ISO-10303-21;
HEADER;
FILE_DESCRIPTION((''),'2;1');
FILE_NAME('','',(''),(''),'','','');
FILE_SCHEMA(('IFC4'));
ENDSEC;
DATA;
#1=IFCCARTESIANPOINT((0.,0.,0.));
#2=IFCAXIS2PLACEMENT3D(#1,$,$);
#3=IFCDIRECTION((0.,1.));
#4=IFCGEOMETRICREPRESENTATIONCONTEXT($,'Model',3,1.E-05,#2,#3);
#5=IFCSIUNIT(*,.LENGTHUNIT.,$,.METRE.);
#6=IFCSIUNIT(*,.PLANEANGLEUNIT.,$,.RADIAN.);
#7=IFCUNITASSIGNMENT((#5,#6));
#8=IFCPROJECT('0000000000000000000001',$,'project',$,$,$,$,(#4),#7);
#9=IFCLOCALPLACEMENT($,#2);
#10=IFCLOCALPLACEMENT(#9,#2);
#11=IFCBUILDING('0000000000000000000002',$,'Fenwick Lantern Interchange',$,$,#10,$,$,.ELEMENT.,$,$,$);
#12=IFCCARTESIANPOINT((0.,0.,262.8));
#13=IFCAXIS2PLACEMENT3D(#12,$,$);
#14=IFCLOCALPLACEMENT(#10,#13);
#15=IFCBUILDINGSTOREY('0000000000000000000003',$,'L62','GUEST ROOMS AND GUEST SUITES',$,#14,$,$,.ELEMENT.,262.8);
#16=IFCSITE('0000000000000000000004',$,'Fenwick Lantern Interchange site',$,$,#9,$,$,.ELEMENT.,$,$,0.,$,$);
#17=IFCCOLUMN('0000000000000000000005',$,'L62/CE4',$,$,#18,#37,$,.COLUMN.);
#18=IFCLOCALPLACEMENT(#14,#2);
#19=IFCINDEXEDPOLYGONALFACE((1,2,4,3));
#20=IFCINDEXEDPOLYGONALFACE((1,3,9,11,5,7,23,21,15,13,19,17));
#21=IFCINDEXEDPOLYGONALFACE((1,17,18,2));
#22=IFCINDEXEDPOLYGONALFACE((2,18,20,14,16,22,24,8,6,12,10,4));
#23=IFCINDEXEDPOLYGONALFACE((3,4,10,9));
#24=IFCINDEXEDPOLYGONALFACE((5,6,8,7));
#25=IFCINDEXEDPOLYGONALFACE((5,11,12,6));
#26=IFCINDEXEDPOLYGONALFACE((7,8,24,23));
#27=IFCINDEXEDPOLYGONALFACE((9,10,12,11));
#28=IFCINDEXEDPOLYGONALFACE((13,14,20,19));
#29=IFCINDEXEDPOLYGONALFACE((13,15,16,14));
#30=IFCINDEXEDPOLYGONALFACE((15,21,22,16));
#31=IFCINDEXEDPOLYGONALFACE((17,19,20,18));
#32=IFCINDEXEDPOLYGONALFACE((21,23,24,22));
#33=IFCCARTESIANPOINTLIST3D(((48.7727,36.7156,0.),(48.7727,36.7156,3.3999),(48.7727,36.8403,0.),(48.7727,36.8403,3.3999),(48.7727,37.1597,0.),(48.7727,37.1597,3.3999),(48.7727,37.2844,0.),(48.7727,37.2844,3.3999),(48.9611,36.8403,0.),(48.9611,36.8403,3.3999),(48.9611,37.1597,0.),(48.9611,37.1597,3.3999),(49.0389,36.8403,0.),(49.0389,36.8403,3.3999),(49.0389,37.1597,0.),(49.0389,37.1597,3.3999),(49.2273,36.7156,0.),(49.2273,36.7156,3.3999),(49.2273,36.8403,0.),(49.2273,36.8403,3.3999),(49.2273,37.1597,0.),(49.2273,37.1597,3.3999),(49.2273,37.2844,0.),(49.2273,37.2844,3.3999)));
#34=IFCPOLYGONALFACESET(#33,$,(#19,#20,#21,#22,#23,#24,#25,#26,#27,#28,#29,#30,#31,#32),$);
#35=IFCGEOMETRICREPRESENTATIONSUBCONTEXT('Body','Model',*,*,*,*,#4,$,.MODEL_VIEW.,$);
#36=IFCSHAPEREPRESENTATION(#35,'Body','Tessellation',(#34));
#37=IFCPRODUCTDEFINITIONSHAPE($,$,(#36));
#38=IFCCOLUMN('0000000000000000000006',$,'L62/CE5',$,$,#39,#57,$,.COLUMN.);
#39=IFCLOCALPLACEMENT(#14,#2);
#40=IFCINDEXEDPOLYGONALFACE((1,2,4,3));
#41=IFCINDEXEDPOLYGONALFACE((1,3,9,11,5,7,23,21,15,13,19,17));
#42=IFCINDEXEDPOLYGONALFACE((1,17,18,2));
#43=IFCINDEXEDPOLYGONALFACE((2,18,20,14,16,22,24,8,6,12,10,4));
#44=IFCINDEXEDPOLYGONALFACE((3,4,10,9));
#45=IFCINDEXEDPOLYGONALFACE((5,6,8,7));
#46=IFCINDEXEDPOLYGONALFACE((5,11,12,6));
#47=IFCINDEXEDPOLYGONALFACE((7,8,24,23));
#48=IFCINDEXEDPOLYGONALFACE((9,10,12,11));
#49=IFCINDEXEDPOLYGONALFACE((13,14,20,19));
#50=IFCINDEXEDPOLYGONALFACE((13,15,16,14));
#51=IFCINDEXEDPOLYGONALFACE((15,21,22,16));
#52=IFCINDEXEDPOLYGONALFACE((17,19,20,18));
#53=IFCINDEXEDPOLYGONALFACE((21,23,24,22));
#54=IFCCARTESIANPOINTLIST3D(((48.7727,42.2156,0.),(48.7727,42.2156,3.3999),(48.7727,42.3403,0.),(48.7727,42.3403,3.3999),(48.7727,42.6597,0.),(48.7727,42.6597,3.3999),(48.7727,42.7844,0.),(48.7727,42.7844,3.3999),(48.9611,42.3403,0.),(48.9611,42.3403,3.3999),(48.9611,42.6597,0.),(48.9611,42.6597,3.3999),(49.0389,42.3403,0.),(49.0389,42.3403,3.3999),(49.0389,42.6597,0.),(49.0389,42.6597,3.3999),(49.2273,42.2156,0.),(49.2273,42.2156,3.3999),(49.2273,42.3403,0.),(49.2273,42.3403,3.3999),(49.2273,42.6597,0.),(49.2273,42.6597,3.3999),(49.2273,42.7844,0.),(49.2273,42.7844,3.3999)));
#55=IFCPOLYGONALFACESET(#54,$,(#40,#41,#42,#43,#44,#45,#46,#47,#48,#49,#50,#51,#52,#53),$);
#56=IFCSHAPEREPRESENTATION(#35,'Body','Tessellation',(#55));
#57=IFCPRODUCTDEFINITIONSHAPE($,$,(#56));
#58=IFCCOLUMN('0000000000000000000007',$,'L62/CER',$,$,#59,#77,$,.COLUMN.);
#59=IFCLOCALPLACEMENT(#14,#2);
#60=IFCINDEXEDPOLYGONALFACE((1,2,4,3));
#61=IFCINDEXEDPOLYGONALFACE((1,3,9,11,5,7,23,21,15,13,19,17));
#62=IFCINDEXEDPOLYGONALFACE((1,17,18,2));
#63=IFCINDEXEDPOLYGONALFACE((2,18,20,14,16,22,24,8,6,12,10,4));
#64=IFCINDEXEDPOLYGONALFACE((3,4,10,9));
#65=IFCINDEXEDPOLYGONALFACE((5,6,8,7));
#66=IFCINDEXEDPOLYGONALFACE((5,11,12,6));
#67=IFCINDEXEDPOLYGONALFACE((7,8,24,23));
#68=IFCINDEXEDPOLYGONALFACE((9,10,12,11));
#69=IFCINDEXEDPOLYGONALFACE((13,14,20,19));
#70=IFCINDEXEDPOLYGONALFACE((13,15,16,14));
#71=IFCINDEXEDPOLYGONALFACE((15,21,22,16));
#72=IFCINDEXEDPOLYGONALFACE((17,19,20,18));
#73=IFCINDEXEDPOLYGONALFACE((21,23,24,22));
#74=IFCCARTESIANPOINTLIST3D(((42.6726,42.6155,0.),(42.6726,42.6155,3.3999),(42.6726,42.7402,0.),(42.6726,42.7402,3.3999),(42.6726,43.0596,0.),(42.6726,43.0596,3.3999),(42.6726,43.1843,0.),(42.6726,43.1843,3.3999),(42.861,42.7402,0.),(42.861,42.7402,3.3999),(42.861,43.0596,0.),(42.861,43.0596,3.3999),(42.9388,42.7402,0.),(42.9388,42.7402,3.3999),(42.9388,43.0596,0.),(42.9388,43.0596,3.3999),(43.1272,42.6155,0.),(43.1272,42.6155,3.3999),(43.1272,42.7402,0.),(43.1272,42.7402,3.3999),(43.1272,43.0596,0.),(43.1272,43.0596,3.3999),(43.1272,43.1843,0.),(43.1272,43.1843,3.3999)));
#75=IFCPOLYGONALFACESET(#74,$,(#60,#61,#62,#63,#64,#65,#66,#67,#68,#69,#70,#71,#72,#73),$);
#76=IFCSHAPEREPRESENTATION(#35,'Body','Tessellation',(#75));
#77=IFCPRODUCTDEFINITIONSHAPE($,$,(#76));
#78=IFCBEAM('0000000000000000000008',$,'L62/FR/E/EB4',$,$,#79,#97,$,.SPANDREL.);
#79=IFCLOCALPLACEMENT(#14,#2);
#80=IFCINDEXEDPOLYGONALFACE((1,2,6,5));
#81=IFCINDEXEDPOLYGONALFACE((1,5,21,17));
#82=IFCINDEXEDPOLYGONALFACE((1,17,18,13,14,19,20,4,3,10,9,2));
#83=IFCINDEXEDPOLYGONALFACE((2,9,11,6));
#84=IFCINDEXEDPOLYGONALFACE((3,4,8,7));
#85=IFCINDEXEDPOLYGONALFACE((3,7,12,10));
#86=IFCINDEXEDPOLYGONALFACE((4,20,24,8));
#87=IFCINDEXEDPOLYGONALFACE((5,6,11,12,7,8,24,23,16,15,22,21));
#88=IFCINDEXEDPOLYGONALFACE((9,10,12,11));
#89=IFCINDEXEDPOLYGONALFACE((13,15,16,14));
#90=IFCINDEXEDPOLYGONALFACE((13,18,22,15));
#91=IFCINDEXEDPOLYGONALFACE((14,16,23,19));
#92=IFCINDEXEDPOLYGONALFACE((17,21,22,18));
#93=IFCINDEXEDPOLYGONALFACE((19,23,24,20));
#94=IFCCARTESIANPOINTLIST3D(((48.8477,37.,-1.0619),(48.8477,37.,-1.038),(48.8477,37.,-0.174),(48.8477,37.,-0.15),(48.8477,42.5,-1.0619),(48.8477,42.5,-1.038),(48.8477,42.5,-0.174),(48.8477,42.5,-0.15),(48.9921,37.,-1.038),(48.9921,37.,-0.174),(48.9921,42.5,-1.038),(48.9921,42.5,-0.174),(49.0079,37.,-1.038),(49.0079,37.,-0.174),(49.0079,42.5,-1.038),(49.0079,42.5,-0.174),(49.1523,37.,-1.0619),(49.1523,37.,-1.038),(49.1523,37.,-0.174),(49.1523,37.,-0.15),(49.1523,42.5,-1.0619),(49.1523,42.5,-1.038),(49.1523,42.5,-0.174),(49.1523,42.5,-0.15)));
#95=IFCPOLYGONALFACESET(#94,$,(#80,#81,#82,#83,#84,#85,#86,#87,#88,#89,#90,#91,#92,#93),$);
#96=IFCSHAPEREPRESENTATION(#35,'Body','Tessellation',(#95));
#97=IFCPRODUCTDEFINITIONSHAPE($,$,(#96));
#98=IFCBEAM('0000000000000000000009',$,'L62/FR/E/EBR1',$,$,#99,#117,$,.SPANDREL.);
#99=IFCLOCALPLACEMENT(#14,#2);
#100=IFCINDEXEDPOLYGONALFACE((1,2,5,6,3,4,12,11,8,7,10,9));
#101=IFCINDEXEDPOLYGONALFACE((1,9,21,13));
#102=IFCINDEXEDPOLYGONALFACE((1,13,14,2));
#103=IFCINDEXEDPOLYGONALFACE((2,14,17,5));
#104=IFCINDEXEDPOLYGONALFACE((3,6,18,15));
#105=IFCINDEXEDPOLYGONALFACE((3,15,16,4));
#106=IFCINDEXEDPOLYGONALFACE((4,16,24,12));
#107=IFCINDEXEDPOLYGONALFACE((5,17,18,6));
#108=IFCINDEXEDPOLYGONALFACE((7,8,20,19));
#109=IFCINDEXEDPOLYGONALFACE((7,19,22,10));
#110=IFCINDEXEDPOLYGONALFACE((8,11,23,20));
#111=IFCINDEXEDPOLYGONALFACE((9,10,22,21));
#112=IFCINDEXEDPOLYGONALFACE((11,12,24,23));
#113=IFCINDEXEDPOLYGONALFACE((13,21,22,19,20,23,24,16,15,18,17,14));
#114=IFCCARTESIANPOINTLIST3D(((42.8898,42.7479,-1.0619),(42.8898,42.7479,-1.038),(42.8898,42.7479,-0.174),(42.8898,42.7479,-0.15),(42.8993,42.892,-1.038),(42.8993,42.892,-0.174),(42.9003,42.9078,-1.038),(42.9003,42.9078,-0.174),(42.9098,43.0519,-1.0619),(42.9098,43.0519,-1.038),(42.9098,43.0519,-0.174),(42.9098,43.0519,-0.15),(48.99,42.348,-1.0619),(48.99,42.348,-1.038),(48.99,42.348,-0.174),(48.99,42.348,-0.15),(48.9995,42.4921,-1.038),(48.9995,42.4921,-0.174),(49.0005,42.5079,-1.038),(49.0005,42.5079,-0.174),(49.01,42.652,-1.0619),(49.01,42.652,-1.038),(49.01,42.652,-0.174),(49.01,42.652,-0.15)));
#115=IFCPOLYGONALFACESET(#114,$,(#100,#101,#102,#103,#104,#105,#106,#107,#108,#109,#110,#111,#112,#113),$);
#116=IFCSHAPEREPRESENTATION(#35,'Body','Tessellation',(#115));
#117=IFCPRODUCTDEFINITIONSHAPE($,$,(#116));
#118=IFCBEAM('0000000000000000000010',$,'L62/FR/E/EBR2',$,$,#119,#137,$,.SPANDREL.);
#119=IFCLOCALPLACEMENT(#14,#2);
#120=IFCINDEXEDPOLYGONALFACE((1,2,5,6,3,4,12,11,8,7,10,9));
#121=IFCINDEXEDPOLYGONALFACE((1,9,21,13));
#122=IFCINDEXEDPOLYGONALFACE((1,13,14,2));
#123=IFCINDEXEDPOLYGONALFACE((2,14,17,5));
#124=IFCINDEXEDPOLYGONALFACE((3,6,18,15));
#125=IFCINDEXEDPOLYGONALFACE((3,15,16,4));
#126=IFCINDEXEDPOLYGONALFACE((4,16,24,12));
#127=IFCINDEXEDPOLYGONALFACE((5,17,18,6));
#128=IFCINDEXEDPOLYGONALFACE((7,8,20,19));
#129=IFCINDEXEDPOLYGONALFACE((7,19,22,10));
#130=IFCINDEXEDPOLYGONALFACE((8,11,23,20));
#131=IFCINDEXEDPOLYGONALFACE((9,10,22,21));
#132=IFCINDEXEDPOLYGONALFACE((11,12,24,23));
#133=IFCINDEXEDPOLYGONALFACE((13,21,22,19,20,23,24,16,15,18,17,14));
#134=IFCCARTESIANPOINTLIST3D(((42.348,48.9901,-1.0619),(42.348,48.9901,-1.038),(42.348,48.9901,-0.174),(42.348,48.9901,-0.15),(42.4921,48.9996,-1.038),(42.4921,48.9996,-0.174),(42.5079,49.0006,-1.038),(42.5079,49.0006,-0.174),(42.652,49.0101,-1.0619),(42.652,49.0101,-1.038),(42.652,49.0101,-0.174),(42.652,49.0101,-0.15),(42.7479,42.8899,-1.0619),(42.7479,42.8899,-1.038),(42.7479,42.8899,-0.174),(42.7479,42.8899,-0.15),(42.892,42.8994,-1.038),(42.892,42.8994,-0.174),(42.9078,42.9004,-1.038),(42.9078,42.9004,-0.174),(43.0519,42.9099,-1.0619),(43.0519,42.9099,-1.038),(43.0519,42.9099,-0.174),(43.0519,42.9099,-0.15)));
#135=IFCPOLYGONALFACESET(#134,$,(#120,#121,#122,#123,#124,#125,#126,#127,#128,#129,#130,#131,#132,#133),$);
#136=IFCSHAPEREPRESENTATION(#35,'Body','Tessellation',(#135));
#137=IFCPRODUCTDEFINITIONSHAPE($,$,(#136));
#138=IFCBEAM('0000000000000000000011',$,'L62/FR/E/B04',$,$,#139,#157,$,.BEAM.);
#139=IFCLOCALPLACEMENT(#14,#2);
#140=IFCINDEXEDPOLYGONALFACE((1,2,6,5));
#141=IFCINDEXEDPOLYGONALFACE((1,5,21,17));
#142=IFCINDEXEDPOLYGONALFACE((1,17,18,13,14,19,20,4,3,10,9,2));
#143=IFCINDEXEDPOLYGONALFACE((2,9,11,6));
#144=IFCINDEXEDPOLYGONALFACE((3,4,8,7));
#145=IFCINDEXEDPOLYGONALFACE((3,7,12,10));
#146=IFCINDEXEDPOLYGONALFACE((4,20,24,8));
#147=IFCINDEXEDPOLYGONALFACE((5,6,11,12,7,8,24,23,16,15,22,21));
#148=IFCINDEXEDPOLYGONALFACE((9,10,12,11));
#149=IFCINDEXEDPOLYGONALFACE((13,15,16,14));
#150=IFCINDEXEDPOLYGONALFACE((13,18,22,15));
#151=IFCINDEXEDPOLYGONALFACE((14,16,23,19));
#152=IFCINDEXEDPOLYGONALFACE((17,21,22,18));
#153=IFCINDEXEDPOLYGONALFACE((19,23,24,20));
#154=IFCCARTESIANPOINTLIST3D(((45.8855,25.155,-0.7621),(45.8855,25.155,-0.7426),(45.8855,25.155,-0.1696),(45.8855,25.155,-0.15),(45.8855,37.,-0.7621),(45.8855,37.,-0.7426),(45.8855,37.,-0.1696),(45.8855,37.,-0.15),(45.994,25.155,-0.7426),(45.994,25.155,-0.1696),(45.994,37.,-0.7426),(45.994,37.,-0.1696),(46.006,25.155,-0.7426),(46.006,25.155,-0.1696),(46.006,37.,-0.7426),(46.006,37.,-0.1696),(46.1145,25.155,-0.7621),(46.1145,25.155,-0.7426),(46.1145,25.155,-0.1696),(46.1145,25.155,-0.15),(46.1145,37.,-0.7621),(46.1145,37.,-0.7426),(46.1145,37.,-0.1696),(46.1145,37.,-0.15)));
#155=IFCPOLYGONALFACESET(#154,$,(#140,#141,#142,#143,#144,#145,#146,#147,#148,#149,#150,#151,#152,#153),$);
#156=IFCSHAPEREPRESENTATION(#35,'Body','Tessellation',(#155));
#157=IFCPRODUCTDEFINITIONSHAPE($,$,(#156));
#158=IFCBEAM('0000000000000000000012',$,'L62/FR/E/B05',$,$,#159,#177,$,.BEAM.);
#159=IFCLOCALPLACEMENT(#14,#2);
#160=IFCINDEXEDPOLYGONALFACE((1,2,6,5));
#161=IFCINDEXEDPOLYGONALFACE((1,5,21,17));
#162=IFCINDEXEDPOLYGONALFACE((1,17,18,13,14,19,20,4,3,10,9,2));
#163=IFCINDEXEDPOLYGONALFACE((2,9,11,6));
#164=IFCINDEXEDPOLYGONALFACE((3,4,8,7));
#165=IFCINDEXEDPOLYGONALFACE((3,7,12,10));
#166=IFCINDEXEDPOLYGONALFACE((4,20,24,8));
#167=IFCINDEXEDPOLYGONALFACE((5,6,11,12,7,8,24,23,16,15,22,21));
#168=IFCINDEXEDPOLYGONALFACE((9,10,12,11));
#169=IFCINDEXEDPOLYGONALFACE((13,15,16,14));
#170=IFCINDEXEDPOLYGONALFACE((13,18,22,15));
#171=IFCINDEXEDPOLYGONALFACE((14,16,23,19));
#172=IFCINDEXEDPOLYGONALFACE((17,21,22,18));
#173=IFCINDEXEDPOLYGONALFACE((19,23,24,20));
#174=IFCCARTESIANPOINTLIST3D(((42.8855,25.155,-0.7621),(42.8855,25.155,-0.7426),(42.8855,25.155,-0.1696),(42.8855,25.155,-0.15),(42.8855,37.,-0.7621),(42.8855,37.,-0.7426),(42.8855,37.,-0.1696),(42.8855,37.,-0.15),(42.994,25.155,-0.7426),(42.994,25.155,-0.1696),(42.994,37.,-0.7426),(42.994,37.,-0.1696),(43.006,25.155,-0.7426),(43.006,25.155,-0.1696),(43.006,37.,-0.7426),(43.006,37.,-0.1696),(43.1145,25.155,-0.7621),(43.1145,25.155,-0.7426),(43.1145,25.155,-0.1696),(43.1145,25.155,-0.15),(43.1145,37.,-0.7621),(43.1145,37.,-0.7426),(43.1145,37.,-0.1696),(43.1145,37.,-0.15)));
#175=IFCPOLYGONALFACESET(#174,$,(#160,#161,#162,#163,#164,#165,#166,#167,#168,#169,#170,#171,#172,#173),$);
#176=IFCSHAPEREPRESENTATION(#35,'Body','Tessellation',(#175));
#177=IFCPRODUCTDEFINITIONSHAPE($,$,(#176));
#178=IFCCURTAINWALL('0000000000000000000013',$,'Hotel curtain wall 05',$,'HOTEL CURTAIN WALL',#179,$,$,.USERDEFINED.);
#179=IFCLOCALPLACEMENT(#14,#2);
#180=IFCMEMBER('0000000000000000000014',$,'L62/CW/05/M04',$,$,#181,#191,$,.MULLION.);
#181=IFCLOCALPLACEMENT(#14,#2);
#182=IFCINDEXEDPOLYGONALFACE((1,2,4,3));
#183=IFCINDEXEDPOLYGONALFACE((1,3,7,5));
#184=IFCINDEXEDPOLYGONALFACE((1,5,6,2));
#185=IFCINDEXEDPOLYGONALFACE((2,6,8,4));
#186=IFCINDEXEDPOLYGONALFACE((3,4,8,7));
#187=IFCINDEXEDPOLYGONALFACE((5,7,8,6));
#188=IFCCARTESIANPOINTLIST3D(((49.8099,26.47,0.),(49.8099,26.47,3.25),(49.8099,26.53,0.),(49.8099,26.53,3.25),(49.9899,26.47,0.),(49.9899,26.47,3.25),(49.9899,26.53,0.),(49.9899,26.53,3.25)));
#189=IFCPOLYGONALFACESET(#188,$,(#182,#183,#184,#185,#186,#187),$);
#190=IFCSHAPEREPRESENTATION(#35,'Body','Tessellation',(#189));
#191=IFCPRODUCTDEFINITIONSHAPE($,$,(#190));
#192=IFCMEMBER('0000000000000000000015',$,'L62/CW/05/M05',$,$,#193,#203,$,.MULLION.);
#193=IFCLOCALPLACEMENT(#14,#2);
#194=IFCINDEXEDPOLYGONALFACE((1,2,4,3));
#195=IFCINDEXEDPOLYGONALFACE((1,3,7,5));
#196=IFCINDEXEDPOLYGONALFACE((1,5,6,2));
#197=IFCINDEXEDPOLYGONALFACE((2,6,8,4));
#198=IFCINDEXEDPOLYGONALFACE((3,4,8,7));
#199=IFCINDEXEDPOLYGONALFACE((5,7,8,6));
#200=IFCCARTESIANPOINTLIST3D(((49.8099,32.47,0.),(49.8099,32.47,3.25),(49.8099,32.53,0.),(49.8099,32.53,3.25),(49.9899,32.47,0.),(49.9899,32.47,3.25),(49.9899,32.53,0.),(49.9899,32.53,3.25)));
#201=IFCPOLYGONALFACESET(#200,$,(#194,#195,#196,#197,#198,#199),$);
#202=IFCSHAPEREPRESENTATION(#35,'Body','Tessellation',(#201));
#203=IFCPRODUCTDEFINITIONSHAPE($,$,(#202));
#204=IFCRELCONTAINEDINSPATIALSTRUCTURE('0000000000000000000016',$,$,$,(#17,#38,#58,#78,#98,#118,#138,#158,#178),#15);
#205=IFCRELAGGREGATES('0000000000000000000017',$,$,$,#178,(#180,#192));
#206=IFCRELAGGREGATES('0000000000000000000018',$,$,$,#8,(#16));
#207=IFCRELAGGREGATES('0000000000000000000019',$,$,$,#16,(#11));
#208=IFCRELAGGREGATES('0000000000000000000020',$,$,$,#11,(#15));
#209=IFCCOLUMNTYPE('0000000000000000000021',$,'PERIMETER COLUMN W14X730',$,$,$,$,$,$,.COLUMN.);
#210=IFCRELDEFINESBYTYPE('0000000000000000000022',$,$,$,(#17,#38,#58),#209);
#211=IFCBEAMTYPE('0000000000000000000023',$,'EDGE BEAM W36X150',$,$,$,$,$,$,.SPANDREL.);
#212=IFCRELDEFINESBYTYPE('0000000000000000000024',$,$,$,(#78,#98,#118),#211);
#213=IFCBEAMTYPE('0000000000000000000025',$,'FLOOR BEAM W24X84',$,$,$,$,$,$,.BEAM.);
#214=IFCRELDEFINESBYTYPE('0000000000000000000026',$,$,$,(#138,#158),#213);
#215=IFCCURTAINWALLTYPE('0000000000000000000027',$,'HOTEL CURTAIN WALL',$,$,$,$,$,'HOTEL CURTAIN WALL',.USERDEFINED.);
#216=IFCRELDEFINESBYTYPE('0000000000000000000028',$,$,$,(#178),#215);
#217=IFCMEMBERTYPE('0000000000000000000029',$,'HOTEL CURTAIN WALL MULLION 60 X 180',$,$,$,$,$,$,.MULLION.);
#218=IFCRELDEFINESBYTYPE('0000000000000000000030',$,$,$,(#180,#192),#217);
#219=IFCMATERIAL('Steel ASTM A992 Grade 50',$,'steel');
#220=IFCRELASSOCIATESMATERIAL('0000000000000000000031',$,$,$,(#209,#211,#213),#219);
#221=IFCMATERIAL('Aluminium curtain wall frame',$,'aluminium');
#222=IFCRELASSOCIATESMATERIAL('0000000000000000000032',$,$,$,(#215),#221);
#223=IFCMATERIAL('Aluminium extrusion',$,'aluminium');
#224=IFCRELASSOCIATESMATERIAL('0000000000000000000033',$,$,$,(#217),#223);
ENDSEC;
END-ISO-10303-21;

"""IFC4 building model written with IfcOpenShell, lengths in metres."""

from ifc_helpers import new_model, si_unit, direction, frame, origin, origin_2d, place, context, subcontext, project, spatial, rectangle, i_section, extrude, material, material_profile, profile_set, type_object, element, aggregate, save


model = new_model("IFC4")

# Units and contexts
model_context = context("Model", 3, precision=1e-05, world=origin(), true_north=direction((0.0, 1.0)))
body_context = subcontext(model_context, "Body", "Model", "MODEL_VIEW")
ifc_project = project(units=[si_unit("LENGTHUNIT", "METRE"), si_unit("PLANEANGLEUNIT", "RADIAN")], contexts=[model_context])

# Site, building, storey
site_placement = place(None, origin())
site = spatial("IfcSite", under=ifc_project, at=site_placement, Name="Fenwick Lantern Interchange site", CompositionType="ELEMENT", RefElevation=0.0)
building_placement = place(site_placement, origin())
building = spatial("IfcBuilding", under=site, at=building_placement, Name="Fenwick Lantern Interchange", CompositionType="ELEMENT")
storey_placement = place(building_placement, frame((0.0, 0.0, 262.8)))
storey = spatial("IfcBuildingStorey", under=building, at=storey_placement, Name="L62", Description="GUEST ROOMS AND GUEST SUITES", CompositionType="ELEMENT", Elevation=262.8)

# Columns
ifc_material_1 = material(Name="Steel ASTM A992 Grade 50", Category="steel")
ifc_material_profile_1 = material_profile(ifc_material_1, i_section(OverallWidth=0.4546, OverallDepth=0.5688, WebThickness=0.0779, FlangeThickness=0.1248, at=origin_2d()), Name="W14X730")
ifc_profile_set_1 = profile_set([ifc_material_profile_1], Name="Steel ASTM A992 Grade 50")
column_type = type_object("IfcColumnType", Name="PERIMETER COLUMN W14X730", PredefinedType="COLUMN", material=ifc_profile_set_1)
for number, where, z_axis, x_axis, name in (
    (1, (49.0, 37.0, 0.0), (0.0, 0.0, 1.0), (1.0, 0.0, 0.0), "L62/CE4"),
    (2, (49.0, 42.5, 0.0), (0.0, 0.0, 1.0), (1.0, 0.0, 0.0), "L62/CE5"),
    (3, (42.8999, 42.8999, 0.0), (0.0, 0.0, 1.0), (1.0, 0.0, 0.0), "L62/CER"),
):
    element("IfcColumn", number, at=place(storey_placement, frame(where, z_axis=z_axis, x_axis=x_axis)), inside=storey, type_object=column_type, Name=name, PredefinedType="COLUMN", context=body_context, shape_type="SweptSolid", body=[
        extrude(i_section(OverallWidth=0.4546, OverallDepth=0.5688, WebThickness=0.0779, FlangeThickness=0.1248, at=origin_2d()), origin(), (0.0, 0.0, 1.0), 3.3999),
    ])

# Beams
ifc_material_profile_2 = material_profile(ifc_material_1, i_section(OverallWidth=0.3047, OverallDepth=0.9119, WebThickness=0.0159, FlangeThickness=0.0239, at=origin_2d()), Name="W36X150")
ifc_profile_set_2 = profile_set([ifc_material_profile_2], Name="Steel ASTM A992 Grade 50")
beam_type_1 = type_object("IfcBeamType", Name="EDGE BEAM W36X150", PredefinedType="SPANDREL", material=ifc_profile_set_2)
beam_1_placement = place(storey_placement, frame((49.0, 37.0, -0.606), z_axis=(0.0, 1.0, 0.0), x_axis=(-1.0, 0.0, 0.0)))
element("IfcBeam", 4, at=beam_1_placement, inside=storey, type_object=beam_type_1, Name="L62/FR/E/EB4", PredefinedType="SPANDREL", context=body_context, shape_type="SweptSolid", body=[
    extrude(i_section(OverallWidth=0.3047, OverallDepth=0.9119, WebThickness=0.0159, FlangeThickness=0.0239, at=origin_2d()), origin(), (0.0, 0.0, 1.0), 5.5),
])
for number, where, z_axis, x_axis, name in (
    (5, (49.0, 42.5, -0.606), (-0.997858, 0.065416, 0.0), (-0.065416, -0.997858, 0.0), "L62/FR/E/EBR1"),
    (6, (42.8999, 42.8999, -0.606), (-0.065416, 0.997858, 0.0), (-0.997858, -0.065416, 0.0), "L62/FR/E/EBR2"),
):
    element("IfcBeam", number, at=place(storey_placement, frame(where, z_axis=z_axis, x_axis=x_axis)), inside=storey, type_object=beam_type_1, Name=name, PredefinedType="SPANDREL", context=body_context, shape_type="SweptSolid", body=[
        extrude(i_section(OverallWidth=0.3047, OverallDepth=0.9119, WebThickness=0.0159, FlangeThickness=0.0239, at=origin_2d()), origin(), (0.0, 0.0, 1.0), 6.1133),
    ])
ifc_material_profile_3 = material_profile(ifc_material_1, i_section(OverallWidth=0.229, OverallDepth=0.6121, WebThickness=0.012, FlangeThickness=0.0195, at=origin_2d()), Name="W24X84")
ifc_profile_set_3 = profile_set([ifc_material_profile_3], Name="Steel ASTM A992 Grade 50")
beam_type_2 = type_object("IfcBeamType", Name="FLOOR BEAM W24X84", PredefinedType="BEAM", material=ifc_profile_set_3)
for number, where, z_axis, x_axis, name in (
    (7, (46.0, 25.155, -0.4561), (0.0, 1.0, 0.0), (-1.0, 0.0, 0.0), "L62/FR/E/B04"),
    (8, (43.0, 25.155, -0.4561), (0.0, 1.0, 0.0), (-1.0, 0.0, 0.0), "L62/FR/E/B05"),
):
    element("IfcBeam", number, at=place(storey_placement, frame(where, z_axis=z_axis, x_axis=x_axis)), inside=storey, type_object=beam_type_2, Name=name, PredefinedType="BEAM", context=body_context, shape_type="SweptSolid", body=[
        extrude(i_section(OverallWidth=0.229, OverallDepth=0.6121, WebThickness=0.012, FlangeThickness=0.0195, at=origin_2d()), origin(), (0.0, 0.0, 1.0), 11.845),
    ])

# Curtain wall, members
ifc_material_2 = material(Name="Aluminium curtain wall frame", Category="aluminium")
curtain_wall_type = type_object("IfcCurtainWallType", Name="HOTEL CURTAIN WALL", ElementType="HOTEL CURTAIN WALL", PredefinedType="USERDEFINED", material=ifc_material_2)
curtain_wall_1_placement = place(storey_placement, origin())
curtain_wall_1 = element("IfcCurtainWall", 9, at=curtain_wall_1_placement, inside=storey, type_object=curtain_wall_type, Name="Hotel curtain wall 05", ObjectType="HOTEL CURTAIN WALL", PredefinedType="USERDEFINED")
ifc_material_3 = material(Name="Aluminium extrusion", Category="aluminium")
ifc_material_profile_4 = material_profile(ifc_material_3, rectangle(XDim=0.1799, YDim=0.0601, at=origin_2d()), Name="HOTEL CURTAIN WALL MULLION 60 X 180")
ifc_profile_set_4 = profile_set([ifc_material_profile_4], Name="Aluminium extrusion")
member_type_1 = type_object("IfcMemberType", Name="HOTEL CURTAIN WALL MULLION 60 X 180", PredefinedType="MULLION", material=ifc_profile_set_4)
member_1_placement = place(storey_placement, frame((49.8999, 26.5, 0.0), z_axis=(0.0, 0.0, 1.0), x_axis=(-1.0, 0.0, 0.0)))
member_1 = element("IfcMember", 10, at=member_1_placement, type_object=member_type_1, Name="L62/CW/05/M04", PredefinedType="MULLION", context=body_context, shape_type="SweptSolid", body=[
    extrude(rectangle(XDim=0.1799, YDim=0.0601, at=origin_2d()), origin(), (0.0, 0.0, 1.0), 3.25),
])
member_2_placement = place(storey_placement, frame((49.8999, 32.5, 0.0), z_axis=(0.0, 0.0, 1.0), x_axis=(-1.0, 0.0, 0.0)))
member_2 = element("IfcMember", 11, at=member_2_placement, type_object=member_type_1, Name="L62/CW/05/M05", PredefinedType="MULLION", context=body_context, shape_type="SweptSolid", body=[
    extrude(rectangle(XDim=0.1799, YDim=0.0601, at=origin_2d()), origin(), (0.0, 0.0, 1.0), 3.25),
])

aggregate(curtain_wall_1, [member_1, member_2])

save(model, "model.ifc")
